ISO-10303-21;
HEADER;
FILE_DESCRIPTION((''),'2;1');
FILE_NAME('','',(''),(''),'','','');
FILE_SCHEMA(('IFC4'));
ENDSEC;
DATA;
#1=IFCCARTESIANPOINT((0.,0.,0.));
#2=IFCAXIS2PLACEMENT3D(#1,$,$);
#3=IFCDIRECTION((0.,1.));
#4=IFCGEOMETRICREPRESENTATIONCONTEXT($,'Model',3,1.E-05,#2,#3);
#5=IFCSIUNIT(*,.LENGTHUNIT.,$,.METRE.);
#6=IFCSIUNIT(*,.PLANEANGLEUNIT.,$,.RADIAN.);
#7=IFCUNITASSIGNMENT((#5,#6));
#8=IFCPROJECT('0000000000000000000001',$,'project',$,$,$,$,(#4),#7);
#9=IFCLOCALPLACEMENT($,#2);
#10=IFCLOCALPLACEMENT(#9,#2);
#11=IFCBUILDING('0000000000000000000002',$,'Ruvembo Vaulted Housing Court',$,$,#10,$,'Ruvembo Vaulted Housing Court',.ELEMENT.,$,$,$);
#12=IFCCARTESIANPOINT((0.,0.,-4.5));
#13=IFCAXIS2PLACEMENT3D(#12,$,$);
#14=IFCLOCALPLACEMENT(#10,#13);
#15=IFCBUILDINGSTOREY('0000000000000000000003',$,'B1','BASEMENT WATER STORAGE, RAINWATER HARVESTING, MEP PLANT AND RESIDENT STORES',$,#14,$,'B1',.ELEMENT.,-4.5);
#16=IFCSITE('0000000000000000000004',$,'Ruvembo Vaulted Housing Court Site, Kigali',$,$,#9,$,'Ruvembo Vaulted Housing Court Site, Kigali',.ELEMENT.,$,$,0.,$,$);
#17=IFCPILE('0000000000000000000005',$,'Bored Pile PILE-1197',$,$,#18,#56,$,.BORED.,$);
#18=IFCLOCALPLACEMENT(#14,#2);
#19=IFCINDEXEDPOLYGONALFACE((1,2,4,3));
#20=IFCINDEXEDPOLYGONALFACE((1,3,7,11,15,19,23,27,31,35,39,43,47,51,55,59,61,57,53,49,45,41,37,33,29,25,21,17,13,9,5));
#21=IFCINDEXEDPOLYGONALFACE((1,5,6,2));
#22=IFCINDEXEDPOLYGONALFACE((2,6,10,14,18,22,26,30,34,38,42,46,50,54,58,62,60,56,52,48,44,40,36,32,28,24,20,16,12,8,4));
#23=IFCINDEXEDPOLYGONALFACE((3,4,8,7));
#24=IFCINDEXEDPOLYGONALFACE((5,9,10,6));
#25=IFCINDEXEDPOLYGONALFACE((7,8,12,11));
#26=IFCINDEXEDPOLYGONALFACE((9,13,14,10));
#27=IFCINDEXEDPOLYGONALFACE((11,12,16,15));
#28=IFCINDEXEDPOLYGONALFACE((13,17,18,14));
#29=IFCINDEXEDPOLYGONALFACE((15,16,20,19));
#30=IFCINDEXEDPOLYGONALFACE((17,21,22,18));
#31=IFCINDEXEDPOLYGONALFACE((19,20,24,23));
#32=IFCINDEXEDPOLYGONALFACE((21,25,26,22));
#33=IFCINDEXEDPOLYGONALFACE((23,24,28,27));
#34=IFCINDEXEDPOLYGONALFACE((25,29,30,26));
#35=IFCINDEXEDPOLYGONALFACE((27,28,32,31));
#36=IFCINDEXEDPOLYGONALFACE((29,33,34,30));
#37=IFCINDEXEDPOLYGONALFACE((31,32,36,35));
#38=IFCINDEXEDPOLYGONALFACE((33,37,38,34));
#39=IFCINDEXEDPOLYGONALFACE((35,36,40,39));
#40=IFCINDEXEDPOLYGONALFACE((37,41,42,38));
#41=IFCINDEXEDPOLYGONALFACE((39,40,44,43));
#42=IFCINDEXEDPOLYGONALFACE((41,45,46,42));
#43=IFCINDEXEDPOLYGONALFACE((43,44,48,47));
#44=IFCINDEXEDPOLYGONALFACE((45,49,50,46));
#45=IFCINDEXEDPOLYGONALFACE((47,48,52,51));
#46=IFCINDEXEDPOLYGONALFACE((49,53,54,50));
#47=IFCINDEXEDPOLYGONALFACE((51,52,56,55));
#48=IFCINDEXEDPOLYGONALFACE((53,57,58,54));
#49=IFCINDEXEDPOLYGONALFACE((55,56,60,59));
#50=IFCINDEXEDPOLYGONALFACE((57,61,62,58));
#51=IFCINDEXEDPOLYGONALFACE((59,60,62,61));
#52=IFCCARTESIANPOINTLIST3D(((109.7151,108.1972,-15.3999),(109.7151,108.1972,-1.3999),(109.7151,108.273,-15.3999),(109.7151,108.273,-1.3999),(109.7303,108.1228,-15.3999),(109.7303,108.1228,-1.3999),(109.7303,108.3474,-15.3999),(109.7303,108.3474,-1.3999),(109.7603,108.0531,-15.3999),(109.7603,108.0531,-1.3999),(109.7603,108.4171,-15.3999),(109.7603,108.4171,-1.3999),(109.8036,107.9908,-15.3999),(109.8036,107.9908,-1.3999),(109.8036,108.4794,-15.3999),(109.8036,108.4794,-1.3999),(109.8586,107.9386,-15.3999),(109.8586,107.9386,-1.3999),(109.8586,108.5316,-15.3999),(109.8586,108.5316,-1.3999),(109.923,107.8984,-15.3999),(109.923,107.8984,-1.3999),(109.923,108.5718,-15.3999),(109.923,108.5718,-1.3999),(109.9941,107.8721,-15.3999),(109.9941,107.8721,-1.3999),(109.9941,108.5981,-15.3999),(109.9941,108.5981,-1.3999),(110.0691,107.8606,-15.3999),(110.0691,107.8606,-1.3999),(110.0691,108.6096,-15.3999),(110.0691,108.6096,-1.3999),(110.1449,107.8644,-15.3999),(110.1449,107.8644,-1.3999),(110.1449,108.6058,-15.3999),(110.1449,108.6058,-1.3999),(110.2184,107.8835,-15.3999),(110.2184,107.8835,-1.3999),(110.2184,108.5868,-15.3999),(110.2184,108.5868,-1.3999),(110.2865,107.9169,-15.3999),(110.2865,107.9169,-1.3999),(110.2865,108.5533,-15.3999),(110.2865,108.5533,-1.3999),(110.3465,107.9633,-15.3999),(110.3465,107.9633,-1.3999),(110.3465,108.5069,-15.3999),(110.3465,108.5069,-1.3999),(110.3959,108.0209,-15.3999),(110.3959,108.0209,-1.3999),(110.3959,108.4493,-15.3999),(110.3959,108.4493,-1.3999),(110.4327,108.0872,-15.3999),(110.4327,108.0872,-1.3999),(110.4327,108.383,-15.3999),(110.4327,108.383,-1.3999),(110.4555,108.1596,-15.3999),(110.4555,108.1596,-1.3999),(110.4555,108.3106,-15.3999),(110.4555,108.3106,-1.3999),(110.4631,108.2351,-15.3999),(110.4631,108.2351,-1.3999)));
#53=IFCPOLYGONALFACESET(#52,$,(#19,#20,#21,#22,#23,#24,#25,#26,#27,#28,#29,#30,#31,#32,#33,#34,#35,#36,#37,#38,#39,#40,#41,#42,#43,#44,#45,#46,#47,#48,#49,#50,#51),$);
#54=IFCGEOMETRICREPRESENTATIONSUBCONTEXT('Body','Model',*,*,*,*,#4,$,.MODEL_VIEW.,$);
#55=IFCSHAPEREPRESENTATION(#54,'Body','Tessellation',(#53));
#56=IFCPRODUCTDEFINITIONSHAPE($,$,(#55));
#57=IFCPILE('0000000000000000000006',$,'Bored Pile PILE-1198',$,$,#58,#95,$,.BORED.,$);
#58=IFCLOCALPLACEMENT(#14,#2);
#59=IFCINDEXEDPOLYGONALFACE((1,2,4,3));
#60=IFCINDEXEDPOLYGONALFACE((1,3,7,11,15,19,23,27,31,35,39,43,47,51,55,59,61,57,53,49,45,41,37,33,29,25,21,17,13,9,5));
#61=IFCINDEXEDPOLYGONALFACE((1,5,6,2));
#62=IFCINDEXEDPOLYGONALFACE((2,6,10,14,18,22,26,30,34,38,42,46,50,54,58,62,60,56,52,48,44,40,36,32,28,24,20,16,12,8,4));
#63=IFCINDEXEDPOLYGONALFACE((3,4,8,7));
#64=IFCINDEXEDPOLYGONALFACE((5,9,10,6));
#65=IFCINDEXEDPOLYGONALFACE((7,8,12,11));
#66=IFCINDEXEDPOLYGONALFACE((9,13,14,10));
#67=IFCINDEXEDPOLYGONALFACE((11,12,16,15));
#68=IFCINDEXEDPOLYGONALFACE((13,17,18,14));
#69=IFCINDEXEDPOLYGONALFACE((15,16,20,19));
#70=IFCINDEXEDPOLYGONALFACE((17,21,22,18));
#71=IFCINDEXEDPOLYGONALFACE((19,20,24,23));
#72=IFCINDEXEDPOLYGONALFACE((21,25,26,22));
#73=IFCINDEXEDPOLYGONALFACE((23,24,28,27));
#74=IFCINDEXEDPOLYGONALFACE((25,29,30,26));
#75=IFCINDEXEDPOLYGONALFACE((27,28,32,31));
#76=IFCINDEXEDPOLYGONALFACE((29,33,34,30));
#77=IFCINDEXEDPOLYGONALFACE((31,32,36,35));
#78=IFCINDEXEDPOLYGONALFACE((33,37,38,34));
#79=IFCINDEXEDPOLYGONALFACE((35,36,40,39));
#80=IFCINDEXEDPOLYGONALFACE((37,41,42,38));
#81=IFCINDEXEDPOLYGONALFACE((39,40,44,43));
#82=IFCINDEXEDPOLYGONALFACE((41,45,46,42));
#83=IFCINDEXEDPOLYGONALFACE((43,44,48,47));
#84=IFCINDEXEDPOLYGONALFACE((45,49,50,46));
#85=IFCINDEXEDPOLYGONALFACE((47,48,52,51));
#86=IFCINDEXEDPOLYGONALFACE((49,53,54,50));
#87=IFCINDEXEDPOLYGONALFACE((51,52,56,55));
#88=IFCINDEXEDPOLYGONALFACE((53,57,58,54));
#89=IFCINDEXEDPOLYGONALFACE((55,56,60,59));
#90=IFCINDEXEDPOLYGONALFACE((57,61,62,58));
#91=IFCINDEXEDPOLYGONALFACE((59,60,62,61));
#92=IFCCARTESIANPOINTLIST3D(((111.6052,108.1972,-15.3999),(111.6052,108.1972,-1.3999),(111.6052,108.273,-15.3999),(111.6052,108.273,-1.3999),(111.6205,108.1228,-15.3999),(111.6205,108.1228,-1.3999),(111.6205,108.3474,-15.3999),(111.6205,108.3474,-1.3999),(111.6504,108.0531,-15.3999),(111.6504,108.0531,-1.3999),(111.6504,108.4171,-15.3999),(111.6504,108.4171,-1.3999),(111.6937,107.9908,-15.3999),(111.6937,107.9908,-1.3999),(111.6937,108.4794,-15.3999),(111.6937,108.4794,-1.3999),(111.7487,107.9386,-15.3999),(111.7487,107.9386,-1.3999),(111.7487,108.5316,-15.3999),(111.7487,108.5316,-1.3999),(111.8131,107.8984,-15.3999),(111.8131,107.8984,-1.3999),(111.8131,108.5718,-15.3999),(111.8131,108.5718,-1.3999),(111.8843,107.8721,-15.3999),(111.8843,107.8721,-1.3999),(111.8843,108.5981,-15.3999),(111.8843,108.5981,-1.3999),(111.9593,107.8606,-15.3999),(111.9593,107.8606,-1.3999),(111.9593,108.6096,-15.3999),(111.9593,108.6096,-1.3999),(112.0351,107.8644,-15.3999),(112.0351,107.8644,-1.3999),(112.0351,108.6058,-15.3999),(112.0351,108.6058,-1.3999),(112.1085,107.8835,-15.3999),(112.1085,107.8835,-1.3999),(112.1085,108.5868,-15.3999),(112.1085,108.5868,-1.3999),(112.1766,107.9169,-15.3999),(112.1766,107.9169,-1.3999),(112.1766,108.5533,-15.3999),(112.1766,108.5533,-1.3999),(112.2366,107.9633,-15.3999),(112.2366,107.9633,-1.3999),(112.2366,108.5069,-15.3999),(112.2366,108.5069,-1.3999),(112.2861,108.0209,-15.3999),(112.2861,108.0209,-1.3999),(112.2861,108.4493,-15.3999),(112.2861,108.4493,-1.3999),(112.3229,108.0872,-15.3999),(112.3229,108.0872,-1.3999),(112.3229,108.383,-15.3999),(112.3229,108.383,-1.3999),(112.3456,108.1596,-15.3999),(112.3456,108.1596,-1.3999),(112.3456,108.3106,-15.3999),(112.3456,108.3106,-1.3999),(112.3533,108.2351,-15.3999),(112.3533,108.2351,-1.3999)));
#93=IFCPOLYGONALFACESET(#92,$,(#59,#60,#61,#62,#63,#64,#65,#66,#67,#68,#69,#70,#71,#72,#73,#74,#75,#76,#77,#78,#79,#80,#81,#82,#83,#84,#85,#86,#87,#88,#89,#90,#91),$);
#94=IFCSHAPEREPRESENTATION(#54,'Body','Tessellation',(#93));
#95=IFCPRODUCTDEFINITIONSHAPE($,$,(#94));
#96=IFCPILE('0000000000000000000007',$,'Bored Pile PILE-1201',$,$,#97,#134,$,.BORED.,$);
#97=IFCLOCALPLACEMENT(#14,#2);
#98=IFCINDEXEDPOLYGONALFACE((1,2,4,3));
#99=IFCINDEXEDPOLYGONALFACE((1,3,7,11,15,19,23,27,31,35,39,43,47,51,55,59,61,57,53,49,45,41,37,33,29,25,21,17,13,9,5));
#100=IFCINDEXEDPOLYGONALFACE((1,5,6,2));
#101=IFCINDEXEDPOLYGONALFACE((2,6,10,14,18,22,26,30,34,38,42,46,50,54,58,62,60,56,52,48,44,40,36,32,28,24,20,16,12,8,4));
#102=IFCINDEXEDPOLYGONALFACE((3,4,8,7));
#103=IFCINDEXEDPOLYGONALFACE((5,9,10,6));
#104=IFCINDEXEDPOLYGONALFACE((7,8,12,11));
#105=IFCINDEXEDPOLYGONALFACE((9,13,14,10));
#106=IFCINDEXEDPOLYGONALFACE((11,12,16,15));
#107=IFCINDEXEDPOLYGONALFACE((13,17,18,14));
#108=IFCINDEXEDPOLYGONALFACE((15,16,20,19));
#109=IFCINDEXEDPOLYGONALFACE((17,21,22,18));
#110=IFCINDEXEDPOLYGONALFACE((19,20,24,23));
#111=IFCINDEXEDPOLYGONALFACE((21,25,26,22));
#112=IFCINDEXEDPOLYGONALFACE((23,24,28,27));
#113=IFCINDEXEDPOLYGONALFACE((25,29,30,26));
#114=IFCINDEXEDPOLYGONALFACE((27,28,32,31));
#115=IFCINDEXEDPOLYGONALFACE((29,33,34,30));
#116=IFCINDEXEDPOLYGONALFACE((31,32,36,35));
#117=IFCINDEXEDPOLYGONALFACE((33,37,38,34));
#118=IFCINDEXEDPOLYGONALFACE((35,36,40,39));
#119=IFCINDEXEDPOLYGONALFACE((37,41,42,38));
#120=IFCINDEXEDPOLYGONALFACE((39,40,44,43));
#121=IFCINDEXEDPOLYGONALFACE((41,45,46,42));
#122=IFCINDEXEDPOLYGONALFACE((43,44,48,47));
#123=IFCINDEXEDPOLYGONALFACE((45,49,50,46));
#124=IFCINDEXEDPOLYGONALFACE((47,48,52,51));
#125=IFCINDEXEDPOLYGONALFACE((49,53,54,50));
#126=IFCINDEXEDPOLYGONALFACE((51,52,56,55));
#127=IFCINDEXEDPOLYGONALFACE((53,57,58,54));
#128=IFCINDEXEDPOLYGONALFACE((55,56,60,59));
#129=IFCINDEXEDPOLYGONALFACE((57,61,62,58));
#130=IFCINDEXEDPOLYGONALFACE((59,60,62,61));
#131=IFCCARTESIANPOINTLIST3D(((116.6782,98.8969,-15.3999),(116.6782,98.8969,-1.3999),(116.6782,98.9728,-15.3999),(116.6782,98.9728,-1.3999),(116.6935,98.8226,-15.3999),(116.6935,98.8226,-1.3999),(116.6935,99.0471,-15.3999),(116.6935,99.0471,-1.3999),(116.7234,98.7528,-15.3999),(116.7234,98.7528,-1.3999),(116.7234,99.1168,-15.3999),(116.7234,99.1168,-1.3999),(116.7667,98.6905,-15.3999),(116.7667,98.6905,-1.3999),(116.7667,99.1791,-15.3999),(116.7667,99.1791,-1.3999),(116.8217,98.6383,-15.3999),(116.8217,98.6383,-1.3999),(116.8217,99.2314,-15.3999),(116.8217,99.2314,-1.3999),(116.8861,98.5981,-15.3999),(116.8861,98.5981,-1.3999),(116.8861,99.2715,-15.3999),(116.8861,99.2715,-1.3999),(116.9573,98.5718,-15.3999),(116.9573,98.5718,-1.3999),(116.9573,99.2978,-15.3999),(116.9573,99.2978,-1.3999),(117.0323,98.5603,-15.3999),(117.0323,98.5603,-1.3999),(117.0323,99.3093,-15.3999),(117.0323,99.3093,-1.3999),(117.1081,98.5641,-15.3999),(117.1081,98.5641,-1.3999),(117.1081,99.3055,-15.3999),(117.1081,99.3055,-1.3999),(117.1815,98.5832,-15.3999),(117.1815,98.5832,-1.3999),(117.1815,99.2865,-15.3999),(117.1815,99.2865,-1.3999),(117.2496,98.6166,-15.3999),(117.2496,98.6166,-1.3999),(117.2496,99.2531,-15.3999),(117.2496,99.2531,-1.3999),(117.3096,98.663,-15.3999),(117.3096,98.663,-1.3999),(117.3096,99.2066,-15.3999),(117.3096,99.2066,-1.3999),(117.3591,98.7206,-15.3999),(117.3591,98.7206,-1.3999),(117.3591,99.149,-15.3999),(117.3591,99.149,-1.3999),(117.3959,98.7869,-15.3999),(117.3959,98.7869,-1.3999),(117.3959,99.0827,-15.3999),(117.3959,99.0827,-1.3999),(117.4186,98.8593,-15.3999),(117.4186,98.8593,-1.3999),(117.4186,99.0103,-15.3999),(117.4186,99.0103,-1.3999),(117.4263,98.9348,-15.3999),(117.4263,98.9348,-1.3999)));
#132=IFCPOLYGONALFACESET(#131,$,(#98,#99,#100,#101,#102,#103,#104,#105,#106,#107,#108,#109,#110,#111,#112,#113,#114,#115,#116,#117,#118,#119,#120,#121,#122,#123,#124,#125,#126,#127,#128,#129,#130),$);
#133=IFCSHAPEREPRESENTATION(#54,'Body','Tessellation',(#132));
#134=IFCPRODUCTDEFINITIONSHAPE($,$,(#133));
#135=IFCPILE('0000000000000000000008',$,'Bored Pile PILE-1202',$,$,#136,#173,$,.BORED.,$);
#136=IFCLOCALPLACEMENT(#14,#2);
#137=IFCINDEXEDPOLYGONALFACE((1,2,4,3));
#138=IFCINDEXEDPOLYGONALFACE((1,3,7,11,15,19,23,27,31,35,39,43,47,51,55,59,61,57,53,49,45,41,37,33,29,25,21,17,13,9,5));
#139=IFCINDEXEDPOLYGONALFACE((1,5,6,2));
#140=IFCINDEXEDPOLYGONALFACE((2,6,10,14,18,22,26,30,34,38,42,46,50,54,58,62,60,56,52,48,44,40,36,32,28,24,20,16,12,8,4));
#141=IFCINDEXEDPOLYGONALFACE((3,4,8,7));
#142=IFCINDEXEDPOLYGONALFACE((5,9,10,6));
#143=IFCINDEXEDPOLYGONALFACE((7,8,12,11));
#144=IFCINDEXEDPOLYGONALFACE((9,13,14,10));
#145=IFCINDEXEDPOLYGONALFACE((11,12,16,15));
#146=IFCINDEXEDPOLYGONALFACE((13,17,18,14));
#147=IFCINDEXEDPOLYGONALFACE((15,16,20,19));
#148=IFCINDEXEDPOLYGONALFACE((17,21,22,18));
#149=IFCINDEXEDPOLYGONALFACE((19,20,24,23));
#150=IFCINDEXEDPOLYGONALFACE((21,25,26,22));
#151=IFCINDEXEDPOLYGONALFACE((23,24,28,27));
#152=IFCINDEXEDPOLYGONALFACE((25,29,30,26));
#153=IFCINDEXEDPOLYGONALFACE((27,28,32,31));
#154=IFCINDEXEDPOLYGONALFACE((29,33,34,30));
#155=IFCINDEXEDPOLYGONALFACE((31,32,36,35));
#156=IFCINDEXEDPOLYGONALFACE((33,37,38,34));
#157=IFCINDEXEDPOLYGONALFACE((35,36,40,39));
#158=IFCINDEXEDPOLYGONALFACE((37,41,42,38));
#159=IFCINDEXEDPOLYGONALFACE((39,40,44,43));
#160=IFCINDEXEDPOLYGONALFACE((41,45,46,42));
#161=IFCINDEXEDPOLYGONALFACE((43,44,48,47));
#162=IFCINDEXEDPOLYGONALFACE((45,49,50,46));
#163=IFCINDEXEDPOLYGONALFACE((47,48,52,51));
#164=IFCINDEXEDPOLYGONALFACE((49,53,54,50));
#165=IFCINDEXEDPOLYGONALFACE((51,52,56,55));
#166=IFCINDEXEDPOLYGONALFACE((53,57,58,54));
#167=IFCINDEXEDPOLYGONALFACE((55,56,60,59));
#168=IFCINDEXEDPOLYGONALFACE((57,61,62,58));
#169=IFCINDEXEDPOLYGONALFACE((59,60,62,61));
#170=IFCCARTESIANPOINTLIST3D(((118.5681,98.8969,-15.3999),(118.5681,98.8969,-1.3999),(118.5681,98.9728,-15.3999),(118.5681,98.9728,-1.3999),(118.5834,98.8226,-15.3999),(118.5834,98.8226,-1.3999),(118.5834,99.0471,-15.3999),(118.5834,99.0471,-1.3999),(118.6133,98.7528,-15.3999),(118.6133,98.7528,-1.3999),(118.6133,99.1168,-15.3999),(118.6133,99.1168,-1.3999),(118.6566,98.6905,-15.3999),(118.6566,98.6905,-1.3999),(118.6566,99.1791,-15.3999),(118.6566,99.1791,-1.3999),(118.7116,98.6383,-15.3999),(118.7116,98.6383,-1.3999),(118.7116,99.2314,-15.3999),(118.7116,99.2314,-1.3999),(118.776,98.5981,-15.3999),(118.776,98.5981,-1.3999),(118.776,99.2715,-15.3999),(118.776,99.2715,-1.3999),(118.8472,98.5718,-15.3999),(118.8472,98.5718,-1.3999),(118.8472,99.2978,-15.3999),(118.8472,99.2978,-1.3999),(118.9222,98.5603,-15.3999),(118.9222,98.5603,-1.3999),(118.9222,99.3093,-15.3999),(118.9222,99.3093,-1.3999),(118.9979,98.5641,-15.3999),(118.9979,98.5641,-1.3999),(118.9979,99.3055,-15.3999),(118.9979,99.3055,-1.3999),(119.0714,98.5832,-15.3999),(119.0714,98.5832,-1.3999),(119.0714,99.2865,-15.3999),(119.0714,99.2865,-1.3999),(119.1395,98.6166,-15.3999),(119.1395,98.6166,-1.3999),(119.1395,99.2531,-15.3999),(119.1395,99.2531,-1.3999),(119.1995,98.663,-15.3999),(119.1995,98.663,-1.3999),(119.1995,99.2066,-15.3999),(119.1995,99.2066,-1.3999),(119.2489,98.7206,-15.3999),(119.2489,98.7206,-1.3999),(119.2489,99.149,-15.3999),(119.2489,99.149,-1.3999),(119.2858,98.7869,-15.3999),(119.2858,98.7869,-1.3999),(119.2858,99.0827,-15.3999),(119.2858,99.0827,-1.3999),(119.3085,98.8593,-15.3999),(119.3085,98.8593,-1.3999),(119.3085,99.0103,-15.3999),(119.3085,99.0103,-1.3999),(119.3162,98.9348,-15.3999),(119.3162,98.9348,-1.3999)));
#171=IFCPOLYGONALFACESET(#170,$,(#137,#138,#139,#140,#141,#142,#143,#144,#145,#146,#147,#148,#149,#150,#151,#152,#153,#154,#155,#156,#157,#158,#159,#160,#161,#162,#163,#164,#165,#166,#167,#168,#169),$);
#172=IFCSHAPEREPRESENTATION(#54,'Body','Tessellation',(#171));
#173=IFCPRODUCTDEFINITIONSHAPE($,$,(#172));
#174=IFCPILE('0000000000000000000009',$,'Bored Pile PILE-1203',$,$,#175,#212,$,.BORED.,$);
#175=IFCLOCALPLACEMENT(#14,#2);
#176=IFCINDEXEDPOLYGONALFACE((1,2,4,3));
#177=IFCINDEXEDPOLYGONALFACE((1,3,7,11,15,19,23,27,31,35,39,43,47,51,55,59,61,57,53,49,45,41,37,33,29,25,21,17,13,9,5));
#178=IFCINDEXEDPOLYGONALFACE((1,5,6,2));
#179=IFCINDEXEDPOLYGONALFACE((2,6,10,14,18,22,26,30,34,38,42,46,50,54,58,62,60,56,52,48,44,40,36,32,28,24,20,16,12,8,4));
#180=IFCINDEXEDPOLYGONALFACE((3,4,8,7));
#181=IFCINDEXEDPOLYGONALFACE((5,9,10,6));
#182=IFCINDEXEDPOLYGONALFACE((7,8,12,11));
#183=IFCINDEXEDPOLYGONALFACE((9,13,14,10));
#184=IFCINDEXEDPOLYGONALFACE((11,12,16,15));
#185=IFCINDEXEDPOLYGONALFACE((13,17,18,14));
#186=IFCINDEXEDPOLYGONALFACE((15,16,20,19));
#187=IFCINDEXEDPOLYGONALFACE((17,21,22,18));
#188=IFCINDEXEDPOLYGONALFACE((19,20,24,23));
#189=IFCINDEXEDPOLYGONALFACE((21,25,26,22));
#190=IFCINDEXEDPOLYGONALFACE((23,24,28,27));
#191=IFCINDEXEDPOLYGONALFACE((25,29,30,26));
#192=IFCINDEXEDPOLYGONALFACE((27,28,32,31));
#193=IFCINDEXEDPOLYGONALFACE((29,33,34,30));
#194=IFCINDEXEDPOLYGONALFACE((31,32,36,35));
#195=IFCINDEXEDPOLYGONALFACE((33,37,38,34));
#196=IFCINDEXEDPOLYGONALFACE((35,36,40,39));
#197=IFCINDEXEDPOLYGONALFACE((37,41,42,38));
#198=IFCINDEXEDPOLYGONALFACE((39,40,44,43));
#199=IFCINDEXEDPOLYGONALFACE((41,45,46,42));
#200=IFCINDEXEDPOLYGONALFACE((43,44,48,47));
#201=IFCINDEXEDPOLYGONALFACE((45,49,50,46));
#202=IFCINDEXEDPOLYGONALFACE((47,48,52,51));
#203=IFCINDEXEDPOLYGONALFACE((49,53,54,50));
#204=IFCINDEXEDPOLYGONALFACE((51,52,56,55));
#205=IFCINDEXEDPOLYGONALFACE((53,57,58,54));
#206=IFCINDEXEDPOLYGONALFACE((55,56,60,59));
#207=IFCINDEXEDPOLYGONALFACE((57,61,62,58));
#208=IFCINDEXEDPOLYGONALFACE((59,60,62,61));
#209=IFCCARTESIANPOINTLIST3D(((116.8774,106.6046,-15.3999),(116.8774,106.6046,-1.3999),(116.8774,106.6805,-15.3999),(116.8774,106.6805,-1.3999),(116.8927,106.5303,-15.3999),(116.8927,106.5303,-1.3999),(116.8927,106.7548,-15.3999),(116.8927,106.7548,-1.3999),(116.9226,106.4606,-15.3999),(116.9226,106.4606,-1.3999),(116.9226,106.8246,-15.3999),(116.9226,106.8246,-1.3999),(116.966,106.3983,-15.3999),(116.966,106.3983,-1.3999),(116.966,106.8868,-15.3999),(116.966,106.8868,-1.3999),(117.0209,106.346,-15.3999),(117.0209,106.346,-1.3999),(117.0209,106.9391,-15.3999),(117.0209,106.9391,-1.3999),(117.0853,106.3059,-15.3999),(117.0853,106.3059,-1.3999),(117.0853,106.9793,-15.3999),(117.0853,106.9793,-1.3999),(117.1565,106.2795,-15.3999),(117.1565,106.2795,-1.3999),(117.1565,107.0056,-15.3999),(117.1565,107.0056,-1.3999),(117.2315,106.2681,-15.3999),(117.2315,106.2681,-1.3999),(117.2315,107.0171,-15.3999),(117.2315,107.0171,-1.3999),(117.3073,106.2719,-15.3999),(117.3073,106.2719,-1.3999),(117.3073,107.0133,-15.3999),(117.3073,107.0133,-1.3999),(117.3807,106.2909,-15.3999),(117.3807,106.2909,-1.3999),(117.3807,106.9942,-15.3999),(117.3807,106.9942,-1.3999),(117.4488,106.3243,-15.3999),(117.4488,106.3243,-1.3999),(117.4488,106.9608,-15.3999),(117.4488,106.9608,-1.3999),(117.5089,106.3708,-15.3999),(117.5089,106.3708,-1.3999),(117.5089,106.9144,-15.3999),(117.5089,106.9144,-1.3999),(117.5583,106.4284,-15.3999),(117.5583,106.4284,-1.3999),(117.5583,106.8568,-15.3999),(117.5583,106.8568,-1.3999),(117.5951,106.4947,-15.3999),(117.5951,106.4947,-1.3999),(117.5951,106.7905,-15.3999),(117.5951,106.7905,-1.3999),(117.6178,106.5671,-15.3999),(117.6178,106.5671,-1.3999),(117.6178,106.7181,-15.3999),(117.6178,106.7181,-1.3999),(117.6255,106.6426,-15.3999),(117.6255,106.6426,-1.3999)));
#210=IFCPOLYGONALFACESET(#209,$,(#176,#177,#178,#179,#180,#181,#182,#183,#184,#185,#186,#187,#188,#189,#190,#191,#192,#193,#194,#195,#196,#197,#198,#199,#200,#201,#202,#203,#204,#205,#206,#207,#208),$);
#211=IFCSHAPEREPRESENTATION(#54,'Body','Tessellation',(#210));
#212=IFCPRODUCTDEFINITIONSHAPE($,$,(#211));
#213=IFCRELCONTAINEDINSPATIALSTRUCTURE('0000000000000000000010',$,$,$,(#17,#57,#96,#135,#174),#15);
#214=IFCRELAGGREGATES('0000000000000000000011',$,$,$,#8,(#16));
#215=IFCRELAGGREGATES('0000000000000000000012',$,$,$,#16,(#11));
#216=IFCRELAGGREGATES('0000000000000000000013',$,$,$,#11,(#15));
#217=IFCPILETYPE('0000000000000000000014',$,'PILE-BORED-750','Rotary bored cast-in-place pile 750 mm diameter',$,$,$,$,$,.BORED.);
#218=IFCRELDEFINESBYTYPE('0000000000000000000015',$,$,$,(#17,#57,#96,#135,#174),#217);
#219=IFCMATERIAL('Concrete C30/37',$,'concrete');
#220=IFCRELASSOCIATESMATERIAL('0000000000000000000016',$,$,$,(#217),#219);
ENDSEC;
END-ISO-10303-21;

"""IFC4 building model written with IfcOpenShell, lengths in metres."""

from ifc_helpers import new_model, si_unit, direction, frame, origin, origin_2d, place, context, subcontext, project, spatial, circle, extrude, material, material_profile, profile_set, type_object, element, save


model = new_model("IFC4")

# Units and contexts
model_context = context("Model", 3, precision=1e-05, world=origin(), true_north=direction((0.0, 1.0)))
body_context = subcontext(model_context, "Body", "Model", "MODEL_VIEW")
ifc_project = project(units=[si_unit("LENGTHUNIT", "METRE"), si_unit("PLANEANGLEUNIT", "RADIAN")], contexts=[model_context])

# Site, building, storey
site_placement = place(None, origin())
site = spatial("IfcSite", under=ifc_project, at=site_placement, Name="Ruvembo Vaulted Housing Court Site, Kigali", LongName="Ruvembo Vaulted Housing Court Site, Kigali", CompositionType="ELEMENT", RefElevation=0.0)
building_placement = place(site_placement, origin())
building = spatial("IfcBuilding", under=site, at=building_placement, Name="Ruvembo Vaulted Housing Court", LongName="Ruvembo Vaulted Housing Court", CompositionType="ELEMENT")
storey_placement = place(building_placement, frame((0.0, 0.0, -4.5)))
storey = spatial("IfcBuildingStorey", under=building, at=storey_placement, Name="B1", Description="BASEMENT WATER STORAGE, RAINWATER HARVESTING, MEP PLANT AND RESIDENT STORES", LongName="B1", CompositionType="ELEMENT", Elevation=-4.5)

# Piles
ifc_material_1 = material(Name="Concrete C30/37", Category="concrete")
ifc_material_profile_1 = material_profile(ifc_material_1, circle(Radius=0.375, at=origin_2d()), Name="PILE D750")
ifc_profile_set_1 = profile_set([ifc_material_profile_1], Name="Concrete C30/37")
pile_type = type_object("IfcPileType", Name="PILE-BORED-750", Description="Rotary bored cast-in-place pile 750 mm diameter", PredefinedType="BORED", material=ifc_profile_set_1)
for number, where, z_axis, x_axis, name in (
    (1, (110.0881, 108.2351, -1.3999), (0.0, 0.0, -1.0), (1.0, 0.0, 0.0), "Bored Pile PILE-1197"),
    (2, (111.9783, 108.2351, -1.3999), (0.0, 0.0, -1.0), (1.0, 0.0, 0.0), "Bored Pile PILE-1198"),
    (3, (117.0513, 98.9348, -1.3999), (0.0, 0.0, -1.0), (1.0, 0.0, 0.0), "Bored Pile PILE-1201"),
    (4, (118.9412, 98.9348, -1.3999), (0.0, 0.0, -1.0), (1.0, 0.0, 0.0), "Bored Pile PILE-1202"),
    (5, (117.2505, 106.6426, -1.3999), (0.0, 0.0, -1.0), (1.0, 0.0, 0.0), "Bored Pile PILE-1203"),
):
    element("IfcPile", number, at=place(storey_placement, frame(where, z_axis=z_axis, x_axis=x_axis)), inside=storey, type_object=pile_type, Name=name, PredefinedType="BORED", context=body_context, shape_type="SweptSolid", body=[
        extrude(circle(Radius=0.375, at=origin_2d()), origin(), (0.0, 0.0, 1.0), 14.0),
    ])

save(model, "model.ifc")
